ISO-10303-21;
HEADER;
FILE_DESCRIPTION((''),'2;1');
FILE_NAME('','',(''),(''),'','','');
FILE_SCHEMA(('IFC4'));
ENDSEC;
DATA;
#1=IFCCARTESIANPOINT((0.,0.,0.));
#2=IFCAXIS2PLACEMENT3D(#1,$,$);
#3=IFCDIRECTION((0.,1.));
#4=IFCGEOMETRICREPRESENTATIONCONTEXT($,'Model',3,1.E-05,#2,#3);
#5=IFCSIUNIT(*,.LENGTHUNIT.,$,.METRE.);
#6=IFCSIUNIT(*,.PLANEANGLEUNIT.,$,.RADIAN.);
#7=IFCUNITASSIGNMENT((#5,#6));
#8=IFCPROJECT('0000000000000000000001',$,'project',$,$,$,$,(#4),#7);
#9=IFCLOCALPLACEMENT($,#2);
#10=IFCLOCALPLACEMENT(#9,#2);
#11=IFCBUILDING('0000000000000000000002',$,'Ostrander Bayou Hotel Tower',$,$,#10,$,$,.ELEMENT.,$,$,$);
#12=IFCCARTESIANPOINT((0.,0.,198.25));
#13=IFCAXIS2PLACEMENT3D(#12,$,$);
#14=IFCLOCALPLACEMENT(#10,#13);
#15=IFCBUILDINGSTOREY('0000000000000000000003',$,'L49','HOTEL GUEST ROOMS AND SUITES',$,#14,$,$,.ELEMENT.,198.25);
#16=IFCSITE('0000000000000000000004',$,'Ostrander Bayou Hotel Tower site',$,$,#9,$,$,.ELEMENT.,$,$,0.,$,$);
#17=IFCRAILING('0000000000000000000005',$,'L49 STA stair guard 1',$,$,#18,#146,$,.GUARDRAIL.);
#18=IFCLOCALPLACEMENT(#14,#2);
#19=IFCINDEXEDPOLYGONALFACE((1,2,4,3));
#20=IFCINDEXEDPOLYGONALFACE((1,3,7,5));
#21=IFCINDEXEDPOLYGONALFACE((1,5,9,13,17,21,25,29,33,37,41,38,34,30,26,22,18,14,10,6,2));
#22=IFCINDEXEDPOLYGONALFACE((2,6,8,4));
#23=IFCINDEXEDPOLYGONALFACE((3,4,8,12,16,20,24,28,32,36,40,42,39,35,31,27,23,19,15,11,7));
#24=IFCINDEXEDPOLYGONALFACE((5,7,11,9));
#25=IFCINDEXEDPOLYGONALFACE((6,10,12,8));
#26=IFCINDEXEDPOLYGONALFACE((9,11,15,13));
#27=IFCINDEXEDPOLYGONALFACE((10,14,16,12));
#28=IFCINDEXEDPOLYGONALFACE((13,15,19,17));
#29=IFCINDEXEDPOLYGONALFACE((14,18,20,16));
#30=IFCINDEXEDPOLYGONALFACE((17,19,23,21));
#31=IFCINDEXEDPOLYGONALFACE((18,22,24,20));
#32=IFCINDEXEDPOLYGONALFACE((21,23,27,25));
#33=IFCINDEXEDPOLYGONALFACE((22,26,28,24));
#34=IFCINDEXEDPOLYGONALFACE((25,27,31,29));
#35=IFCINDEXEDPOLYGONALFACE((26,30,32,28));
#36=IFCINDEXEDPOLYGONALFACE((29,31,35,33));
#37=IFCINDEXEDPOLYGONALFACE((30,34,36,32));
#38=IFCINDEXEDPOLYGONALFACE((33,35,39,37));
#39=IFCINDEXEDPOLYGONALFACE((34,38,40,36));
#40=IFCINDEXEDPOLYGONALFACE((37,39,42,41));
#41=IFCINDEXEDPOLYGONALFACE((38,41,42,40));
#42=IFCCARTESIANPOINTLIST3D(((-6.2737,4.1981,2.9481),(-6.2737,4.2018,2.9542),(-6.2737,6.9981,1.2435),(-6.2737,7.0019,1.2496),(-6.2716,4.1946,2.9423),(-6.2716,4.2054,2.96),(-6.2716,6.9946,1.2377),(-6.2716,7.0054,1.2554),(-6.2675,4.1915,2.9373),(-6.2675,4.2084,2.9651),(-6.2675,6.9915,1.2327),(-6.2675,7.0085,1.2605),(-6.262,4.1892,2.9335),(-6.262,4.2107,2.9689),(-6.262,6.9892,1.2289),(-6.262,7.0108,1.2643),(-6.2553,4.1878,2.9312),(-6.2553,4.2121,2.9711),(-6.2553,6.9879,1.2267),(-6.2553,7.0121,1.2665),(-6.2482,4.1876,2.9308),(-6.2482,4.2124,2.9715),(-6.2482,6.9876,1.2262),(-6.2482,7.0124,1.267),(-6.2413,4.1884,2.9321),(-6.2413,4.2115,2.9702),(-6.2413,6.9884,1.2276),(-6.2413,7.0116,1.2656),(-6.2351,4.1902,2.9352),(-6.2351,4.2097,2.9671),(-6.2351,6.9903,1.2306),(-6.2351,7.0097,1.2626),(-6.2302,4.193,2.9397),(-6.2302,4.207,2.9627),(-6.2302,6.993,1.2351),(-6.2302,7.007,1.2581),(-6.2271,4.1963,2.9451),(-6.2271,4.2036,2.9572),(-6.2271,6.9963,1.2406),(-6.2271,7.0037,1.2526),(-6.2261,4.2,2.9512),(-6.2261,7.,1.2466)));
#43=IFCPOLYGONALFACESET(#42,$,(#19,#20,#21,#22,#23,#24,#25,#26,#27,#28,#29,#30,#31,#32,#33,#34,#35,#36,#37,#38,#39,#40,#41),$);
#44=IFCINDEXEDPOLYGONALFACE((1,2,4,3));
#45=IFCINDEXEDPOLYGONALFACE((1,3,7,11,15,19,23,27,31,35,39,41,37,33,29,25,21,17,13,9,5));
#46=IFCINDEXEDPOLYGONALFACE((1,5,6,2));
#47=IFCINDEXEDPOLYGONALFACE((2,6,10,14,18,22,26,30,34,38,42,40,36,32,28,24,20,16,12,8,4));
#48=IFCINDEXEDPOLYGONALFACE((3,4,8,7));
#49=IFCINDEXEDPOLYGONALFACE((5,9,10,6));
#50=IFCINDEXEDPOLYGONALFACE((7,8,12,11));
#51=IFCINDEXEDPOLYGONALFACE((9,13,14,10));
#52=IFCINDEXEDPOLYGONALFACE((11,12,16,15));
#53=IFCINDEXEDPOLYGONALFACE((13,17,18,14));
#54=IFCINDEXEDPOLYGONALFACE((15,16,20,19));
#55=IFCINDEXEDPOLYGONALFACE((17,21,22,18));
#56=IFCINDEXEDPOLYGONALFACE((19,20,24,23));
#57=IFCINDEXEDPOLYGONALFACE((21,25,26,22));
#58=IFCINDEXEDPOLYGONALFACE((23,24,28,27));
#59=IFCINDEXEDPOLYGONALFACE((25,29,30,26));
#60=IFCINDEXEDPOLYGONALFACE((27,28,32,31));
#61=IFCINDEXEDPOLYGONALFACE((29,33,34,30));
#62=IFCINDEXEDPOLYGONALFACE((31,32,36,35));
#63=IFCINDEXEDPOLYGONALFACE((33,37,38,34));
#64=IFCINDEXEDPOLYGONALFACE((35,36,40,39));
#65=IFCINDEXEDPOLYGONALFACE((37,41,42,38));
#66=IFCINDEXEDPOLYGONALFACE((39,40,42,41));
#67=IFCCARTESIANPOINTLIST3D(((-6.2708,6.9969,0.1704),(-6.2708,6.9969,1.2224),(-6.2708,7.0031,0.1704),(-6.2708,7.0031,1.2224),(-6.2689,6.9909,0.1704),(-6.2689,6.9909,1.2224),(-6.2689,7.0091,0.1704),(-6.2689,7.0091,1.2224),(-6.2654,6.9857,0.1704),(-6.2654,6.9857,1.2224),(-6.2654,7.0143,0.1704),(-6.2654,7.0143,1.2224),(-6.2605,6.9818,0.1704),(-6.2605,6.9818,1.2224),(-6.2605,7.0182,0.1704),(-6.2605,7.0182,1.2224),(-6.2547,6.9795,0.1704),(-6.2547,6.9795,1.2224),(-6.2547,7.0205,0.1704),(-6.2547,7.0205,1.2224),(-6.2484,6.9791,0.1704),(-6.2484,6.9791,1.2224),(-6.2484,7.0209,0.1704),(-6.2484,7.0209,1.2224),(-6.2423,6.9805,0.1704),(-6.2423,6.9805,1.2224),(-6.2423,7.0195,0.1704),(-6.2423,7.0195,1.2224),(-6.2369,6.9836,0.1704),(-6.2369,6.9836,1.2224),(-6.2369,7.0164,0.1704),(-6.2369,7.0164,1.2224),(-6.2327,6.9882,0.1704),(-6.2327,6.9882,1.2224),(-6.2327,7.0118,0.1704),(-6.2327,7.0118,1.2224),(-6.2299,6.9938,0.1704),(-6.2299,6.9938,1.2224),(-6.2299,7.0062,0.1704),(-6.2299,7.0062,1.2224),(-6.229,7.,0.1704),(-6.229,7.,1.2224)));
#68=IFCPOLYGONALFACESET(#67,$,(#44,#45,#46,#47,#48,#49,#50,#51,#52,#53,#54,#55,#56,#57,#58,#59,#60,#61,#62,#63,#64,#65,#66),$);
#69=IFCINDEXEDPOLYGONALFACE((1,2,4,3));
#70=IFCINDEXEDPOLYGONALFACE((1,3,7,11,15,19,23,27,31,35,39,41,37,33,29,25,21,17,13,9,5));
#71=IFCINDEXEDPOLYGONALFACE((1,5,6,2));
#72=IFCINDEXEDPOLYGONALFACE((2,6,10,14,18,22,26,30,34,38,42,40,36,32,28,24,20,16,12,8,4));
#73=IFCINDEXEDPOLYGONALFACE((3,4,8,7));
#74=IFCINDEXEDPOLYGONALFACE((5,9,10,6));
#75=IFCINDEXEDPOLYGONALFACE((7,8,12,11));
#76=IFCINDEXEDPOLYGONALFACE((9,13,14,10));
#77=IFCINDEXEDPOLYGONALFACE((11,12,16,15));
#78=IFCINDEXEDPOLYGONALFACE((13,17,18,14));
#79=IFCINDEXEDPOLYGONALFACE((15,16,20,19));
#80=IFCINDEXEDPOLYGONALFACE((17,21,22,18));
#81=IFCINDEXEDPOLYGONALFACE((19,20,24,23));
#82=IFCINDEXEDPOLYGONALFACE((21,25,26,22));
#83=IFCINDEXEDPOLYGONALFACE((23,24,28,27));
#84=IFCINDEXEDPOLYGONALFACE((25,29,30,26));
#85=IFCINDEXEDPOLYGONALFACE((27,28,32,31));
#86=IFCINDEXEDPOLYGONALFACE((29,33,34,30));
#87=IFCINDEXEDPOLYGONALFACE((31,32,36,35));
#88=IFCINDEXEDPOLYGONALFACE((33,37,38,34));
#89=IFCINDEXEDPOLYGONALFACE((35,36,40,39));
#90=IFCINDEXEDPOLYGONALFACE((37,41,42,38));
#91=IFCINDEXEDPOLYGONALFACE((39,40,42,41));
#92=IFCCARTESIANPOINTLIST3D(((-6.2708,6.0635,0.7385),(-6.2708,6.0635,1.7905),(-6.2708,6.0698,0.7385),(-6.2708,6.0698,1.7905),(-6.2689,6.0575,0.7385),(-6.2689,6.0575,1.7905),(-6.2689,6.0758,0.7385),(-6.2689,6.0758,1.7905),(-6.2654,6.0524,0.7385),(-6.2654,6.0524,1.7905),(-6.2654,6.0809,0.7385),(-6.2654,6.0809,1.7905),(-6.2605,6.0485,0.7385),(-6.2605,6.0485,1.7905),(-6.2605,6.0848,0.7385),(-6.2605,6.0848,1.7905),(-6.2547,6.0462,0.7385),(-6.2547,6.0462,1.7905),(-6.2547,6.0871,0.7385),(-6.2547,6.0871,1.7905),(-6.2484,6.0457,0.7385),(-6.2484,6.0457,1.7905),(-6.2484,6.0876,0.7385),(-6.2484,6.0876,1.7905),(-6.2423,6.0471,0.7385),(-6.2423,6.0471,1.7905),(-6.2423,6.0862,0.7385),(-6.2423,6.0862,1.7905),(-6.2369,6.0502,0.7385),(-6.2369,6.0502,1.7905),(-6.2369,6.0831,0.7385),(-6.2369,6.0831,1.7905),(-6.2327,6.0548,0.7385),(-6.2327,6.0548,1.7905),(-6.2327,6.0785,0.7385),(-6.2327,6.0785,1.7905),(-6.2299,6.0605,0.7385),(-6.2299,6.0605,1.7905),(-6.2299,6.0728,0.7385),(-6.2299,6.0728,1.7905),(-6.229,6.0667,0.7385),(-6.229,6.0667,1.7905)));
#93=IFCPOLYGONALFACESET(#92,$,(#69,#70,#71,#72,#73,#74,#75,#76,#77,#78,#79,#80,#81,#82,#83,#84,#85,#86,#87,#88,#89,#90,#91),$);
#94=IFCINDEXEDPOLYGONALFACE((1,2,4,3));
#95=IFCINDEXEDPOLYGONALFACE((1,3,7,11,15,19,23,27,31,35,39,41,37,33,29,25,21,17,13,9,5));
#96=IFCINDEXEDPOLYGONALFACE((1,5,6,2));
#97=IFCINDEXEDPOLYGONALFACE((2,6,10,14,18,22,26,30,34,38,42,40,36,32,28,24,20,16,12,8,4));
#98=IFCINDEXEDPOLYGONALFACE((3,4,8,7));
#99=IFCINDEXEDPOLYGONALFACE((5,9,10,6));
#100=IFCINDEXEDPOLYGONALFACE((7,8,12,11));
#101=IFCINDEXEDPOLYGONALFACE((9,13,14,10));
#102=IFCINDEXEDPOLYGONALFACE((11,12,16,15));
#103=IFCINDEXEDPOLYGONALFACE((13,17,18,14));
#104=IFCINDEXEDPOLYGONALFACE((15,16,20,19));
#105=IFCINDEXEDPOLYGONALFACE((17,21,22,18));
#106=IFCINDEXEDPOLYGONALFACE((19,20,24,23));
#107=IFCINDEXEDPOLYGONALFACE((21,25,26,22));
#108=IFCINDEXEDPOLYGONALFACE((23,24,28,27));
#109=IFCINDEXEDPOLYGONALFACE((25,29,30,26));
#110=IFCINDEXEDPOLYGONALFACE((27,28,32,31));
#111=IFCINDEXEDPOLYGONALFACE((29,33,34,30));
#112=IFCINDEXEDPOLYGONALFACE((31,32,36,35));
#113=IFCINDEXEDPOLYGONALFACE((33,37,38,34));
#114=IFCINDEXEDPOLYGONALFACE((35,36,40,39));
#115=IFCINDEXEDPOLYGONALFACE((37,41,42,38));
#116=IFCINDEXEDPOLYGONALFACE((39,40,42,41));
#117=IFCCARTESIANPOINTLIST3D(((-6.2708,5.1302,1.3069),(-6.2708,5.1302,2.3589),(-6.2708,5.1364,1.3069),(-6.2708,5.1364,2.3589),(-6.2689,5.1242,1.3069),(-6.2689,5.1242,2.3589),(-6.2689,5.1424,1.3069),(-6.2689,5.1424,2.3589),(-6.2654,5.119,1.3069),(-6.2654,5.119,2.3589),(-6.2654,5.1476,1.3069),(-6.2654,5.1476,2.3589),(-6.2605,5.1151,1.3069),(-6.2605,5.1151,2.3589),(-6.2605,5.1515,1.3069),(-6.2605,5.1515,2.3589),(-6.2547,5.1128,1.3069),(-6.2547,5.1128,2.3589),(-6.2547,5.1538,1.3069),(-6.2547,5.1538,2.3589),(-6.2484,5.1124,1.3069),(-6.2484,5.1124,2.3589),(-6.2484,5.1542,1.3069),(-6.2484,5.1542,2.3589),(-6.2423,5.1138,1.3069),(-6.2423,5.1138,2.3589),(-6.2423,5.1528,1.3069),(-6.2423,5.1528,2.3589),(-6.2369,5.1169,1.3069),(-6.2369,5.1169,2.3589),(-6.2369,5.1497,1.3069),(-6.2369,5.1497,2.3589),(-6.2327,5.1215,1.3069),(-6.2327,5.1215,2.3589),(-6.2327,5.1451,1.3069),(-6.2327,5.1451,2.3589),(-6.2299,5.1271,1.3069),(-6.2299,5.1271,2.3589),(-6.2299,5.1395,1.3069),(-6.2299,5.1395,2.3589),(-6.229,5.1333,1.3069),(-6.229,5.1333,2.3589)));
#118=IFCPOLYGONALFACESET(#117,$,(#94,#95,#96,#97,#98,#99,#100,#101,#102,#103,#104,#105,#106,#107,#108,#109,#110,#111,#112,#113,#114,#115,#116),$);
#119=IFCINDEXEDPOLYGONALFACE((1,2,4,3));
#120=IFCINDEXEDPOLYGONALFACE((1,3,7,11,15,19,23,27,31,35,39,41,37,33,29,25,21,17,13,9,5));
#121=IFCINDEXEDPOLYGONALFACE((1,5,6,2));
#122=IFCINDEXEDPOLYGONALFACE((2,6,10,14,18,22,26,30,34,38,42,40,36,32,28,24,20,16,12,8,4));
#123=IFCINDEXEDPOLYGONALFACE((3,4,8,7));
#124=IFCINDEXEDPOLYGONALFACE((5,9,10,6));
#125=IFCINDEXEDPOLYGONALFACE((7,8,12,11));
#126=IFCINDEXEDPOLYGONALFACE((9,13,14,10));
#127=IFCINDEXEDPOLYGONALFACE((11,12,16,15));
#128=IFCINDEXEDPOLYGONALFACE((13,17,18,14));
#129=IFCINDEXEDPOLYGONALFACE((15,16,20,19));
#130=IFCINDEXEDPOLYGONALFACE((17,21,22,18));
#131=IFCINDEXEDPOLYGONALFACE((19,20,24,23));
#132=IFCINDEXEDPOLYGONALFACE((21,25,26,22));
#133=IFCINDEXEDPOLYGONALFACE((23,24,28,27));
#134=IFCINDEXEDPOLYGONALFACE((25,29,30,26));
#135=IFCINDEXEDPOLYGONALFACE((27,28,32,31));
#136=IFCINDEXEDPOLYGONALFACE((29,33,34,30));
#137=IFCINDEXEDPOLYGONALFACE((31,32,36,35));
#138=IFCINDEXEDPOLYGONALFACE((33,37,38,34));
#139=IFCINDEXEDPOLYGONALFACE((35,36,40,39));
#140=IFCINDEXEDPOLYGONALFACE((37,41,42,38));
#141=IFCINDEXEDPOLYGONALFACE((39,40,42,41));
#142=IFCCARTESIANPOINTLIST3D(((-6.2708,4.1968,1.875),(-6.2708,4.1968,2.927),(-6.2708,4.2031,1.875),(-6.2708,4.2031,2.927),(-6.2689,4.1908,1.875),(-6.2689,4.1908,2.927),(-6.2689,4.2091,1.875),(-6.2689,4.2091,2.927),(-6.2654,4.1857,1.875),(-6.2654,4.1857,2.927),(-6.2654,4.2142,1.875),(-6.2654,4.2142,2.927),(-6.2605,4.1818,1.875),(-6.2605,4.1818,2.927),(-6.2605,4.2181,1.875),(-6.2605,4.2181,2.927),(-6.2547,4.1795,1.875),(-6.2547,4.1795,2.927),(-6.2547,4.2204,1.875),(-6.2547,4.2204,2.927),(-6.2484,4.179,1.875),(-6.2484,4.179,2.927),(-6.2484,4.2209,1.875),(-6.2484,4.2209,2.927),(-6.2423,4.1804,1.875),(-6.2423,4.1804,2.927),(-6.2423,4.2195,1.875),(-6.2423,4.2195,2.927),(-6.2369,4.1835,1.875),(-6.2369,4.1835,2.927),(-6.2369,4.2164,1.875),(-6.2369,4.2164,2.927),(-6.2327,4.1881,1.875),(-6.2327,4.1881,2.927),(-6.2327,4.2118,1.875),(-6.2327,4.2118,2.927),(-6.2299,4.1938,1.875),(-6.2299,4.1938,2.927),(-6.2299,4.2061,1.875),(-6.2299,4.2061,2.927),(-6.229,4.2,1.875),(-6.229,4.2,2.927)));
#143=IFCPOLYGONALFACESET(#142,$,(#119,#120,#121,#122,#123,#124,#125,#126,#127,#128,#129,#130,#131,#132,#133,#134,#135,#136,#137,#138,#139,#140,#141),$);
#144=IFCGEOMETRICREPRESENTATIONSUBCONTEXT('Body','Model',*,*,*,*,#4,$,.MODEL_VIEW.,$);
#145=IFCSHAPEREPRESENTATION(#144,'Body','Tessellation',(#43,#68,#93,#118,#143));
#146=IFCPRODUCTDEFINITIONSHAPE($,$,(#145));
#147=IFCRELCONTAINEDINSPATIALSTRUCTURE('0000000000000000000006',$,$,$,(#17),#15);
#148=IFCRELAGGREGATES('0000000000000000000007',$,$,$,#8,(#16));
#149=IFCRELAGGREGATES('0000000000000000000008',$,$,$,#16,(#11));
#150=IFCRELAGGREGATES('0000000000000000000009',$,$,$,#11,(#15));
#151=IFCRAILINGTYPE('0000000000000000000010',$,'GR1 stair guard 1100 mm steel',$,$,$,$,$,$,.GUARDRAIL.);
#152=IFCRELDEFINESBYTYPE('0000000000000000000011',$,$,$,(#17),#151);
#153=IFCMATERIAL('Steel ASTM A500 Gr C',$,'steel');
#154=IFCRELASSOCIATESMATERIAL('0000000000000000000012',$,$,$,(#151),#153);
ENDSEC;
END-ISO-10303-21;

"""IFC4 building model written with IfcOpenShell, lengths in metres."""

from ifc_helpers import new_model, si_unit, direction, frame, origin, origin_2d, place, context, subcontext, project, spatial, circle, extrude, material, type_object, element, save


model = new_model("IFC4")

# Units and contexts
model_context = context("Model", 3, precision=1e-05, world=origin(), true_north=direction((0.0, 1.0)))
body_context = subcontext(model_context, "Body", "Model", "MODEL_VIEW")
ifc_project = project(units=[si_unit("LENGTHUNIT", "METRE"), si_unit("PLANEANGLEUNIT", "RADIAN")], contexts=[model_context])

# Site, building, storey
site_placement = place(None, origin())
site = spatial("IfcSite", under=ifc_project, at=site_placement, Name="Ostrander Bayou Hotel Tower site", CompositionType="ELEMENT", RefElevation=0.0)
building_placement = place(site_placement, origin())
building = spatial("IfcBuilding", under=site, at=building_placement, Name="Ostrander Bayou Hotel Tower", CompositionType="ELEMENT")
storey_placement = place(building_placement, frame((0.0, 0.0, 198.25)))
storey = spatial("IfcBuildingStorey", under=building, at=storey_placement, Name="L49", Description="HOTEL GUEST ROOMS AND SUITES", CompositionType="ELEMENT", Elevation=198.25)

# Railing
ifc_material_1 = material(Name="Steel ASTM A500 Gr C", Category="steel")
railing_type_1 = type_object("IfcRailingType", Name="GR1 stair guard 1100 mm steel", PredefinedType="GUARDRAIL", material=ifc_material_1)
railing_1_placement = place(storey_placement, frame((-6.25, 7.0, 0.1704)))
element("IfcRailing", 1, at=railing_1_placement, inside=storey, type_object=railing_type_1, Name="L49 STA stair guard 1", PredefinedType="GUARDRAIL", context=body_context, shape_type="SweptSolid", body=[
    extrude(circle(Radius=0.0239, at=origin_2d()), frame((0.0, 0.0, 1.0762), z_axis=(0.0, -0.85417, 0.519994), x_axis=(1.0, 0.0, 0.0)), (0.0, 0.0, 1.0), 3.2781),
    extrude(circle(Radius=0.021, at=origin_2d()), origin(), (0.0, 0.0, 1.0), 1.052),
    extrude(circle(Radius=0.021, at=origin_2d()), frame((0.0, -0.9333, 0.5681)), (0.0, 0.0, 1.0), 1.052),
    extrude(circle(Radius=0.021, at=origin_2d()), frame((0.0, -1.8667, 1.1365)), (0.0, 0.0, 1.0), 1.052),
    extrude(circle(Radius=0.021, at=origin_2d()), frame((0.0, -2.8, 1.7046)), (0.0, 0.0, 1.0), 1.052),
])

save(model, "model.ifc")
